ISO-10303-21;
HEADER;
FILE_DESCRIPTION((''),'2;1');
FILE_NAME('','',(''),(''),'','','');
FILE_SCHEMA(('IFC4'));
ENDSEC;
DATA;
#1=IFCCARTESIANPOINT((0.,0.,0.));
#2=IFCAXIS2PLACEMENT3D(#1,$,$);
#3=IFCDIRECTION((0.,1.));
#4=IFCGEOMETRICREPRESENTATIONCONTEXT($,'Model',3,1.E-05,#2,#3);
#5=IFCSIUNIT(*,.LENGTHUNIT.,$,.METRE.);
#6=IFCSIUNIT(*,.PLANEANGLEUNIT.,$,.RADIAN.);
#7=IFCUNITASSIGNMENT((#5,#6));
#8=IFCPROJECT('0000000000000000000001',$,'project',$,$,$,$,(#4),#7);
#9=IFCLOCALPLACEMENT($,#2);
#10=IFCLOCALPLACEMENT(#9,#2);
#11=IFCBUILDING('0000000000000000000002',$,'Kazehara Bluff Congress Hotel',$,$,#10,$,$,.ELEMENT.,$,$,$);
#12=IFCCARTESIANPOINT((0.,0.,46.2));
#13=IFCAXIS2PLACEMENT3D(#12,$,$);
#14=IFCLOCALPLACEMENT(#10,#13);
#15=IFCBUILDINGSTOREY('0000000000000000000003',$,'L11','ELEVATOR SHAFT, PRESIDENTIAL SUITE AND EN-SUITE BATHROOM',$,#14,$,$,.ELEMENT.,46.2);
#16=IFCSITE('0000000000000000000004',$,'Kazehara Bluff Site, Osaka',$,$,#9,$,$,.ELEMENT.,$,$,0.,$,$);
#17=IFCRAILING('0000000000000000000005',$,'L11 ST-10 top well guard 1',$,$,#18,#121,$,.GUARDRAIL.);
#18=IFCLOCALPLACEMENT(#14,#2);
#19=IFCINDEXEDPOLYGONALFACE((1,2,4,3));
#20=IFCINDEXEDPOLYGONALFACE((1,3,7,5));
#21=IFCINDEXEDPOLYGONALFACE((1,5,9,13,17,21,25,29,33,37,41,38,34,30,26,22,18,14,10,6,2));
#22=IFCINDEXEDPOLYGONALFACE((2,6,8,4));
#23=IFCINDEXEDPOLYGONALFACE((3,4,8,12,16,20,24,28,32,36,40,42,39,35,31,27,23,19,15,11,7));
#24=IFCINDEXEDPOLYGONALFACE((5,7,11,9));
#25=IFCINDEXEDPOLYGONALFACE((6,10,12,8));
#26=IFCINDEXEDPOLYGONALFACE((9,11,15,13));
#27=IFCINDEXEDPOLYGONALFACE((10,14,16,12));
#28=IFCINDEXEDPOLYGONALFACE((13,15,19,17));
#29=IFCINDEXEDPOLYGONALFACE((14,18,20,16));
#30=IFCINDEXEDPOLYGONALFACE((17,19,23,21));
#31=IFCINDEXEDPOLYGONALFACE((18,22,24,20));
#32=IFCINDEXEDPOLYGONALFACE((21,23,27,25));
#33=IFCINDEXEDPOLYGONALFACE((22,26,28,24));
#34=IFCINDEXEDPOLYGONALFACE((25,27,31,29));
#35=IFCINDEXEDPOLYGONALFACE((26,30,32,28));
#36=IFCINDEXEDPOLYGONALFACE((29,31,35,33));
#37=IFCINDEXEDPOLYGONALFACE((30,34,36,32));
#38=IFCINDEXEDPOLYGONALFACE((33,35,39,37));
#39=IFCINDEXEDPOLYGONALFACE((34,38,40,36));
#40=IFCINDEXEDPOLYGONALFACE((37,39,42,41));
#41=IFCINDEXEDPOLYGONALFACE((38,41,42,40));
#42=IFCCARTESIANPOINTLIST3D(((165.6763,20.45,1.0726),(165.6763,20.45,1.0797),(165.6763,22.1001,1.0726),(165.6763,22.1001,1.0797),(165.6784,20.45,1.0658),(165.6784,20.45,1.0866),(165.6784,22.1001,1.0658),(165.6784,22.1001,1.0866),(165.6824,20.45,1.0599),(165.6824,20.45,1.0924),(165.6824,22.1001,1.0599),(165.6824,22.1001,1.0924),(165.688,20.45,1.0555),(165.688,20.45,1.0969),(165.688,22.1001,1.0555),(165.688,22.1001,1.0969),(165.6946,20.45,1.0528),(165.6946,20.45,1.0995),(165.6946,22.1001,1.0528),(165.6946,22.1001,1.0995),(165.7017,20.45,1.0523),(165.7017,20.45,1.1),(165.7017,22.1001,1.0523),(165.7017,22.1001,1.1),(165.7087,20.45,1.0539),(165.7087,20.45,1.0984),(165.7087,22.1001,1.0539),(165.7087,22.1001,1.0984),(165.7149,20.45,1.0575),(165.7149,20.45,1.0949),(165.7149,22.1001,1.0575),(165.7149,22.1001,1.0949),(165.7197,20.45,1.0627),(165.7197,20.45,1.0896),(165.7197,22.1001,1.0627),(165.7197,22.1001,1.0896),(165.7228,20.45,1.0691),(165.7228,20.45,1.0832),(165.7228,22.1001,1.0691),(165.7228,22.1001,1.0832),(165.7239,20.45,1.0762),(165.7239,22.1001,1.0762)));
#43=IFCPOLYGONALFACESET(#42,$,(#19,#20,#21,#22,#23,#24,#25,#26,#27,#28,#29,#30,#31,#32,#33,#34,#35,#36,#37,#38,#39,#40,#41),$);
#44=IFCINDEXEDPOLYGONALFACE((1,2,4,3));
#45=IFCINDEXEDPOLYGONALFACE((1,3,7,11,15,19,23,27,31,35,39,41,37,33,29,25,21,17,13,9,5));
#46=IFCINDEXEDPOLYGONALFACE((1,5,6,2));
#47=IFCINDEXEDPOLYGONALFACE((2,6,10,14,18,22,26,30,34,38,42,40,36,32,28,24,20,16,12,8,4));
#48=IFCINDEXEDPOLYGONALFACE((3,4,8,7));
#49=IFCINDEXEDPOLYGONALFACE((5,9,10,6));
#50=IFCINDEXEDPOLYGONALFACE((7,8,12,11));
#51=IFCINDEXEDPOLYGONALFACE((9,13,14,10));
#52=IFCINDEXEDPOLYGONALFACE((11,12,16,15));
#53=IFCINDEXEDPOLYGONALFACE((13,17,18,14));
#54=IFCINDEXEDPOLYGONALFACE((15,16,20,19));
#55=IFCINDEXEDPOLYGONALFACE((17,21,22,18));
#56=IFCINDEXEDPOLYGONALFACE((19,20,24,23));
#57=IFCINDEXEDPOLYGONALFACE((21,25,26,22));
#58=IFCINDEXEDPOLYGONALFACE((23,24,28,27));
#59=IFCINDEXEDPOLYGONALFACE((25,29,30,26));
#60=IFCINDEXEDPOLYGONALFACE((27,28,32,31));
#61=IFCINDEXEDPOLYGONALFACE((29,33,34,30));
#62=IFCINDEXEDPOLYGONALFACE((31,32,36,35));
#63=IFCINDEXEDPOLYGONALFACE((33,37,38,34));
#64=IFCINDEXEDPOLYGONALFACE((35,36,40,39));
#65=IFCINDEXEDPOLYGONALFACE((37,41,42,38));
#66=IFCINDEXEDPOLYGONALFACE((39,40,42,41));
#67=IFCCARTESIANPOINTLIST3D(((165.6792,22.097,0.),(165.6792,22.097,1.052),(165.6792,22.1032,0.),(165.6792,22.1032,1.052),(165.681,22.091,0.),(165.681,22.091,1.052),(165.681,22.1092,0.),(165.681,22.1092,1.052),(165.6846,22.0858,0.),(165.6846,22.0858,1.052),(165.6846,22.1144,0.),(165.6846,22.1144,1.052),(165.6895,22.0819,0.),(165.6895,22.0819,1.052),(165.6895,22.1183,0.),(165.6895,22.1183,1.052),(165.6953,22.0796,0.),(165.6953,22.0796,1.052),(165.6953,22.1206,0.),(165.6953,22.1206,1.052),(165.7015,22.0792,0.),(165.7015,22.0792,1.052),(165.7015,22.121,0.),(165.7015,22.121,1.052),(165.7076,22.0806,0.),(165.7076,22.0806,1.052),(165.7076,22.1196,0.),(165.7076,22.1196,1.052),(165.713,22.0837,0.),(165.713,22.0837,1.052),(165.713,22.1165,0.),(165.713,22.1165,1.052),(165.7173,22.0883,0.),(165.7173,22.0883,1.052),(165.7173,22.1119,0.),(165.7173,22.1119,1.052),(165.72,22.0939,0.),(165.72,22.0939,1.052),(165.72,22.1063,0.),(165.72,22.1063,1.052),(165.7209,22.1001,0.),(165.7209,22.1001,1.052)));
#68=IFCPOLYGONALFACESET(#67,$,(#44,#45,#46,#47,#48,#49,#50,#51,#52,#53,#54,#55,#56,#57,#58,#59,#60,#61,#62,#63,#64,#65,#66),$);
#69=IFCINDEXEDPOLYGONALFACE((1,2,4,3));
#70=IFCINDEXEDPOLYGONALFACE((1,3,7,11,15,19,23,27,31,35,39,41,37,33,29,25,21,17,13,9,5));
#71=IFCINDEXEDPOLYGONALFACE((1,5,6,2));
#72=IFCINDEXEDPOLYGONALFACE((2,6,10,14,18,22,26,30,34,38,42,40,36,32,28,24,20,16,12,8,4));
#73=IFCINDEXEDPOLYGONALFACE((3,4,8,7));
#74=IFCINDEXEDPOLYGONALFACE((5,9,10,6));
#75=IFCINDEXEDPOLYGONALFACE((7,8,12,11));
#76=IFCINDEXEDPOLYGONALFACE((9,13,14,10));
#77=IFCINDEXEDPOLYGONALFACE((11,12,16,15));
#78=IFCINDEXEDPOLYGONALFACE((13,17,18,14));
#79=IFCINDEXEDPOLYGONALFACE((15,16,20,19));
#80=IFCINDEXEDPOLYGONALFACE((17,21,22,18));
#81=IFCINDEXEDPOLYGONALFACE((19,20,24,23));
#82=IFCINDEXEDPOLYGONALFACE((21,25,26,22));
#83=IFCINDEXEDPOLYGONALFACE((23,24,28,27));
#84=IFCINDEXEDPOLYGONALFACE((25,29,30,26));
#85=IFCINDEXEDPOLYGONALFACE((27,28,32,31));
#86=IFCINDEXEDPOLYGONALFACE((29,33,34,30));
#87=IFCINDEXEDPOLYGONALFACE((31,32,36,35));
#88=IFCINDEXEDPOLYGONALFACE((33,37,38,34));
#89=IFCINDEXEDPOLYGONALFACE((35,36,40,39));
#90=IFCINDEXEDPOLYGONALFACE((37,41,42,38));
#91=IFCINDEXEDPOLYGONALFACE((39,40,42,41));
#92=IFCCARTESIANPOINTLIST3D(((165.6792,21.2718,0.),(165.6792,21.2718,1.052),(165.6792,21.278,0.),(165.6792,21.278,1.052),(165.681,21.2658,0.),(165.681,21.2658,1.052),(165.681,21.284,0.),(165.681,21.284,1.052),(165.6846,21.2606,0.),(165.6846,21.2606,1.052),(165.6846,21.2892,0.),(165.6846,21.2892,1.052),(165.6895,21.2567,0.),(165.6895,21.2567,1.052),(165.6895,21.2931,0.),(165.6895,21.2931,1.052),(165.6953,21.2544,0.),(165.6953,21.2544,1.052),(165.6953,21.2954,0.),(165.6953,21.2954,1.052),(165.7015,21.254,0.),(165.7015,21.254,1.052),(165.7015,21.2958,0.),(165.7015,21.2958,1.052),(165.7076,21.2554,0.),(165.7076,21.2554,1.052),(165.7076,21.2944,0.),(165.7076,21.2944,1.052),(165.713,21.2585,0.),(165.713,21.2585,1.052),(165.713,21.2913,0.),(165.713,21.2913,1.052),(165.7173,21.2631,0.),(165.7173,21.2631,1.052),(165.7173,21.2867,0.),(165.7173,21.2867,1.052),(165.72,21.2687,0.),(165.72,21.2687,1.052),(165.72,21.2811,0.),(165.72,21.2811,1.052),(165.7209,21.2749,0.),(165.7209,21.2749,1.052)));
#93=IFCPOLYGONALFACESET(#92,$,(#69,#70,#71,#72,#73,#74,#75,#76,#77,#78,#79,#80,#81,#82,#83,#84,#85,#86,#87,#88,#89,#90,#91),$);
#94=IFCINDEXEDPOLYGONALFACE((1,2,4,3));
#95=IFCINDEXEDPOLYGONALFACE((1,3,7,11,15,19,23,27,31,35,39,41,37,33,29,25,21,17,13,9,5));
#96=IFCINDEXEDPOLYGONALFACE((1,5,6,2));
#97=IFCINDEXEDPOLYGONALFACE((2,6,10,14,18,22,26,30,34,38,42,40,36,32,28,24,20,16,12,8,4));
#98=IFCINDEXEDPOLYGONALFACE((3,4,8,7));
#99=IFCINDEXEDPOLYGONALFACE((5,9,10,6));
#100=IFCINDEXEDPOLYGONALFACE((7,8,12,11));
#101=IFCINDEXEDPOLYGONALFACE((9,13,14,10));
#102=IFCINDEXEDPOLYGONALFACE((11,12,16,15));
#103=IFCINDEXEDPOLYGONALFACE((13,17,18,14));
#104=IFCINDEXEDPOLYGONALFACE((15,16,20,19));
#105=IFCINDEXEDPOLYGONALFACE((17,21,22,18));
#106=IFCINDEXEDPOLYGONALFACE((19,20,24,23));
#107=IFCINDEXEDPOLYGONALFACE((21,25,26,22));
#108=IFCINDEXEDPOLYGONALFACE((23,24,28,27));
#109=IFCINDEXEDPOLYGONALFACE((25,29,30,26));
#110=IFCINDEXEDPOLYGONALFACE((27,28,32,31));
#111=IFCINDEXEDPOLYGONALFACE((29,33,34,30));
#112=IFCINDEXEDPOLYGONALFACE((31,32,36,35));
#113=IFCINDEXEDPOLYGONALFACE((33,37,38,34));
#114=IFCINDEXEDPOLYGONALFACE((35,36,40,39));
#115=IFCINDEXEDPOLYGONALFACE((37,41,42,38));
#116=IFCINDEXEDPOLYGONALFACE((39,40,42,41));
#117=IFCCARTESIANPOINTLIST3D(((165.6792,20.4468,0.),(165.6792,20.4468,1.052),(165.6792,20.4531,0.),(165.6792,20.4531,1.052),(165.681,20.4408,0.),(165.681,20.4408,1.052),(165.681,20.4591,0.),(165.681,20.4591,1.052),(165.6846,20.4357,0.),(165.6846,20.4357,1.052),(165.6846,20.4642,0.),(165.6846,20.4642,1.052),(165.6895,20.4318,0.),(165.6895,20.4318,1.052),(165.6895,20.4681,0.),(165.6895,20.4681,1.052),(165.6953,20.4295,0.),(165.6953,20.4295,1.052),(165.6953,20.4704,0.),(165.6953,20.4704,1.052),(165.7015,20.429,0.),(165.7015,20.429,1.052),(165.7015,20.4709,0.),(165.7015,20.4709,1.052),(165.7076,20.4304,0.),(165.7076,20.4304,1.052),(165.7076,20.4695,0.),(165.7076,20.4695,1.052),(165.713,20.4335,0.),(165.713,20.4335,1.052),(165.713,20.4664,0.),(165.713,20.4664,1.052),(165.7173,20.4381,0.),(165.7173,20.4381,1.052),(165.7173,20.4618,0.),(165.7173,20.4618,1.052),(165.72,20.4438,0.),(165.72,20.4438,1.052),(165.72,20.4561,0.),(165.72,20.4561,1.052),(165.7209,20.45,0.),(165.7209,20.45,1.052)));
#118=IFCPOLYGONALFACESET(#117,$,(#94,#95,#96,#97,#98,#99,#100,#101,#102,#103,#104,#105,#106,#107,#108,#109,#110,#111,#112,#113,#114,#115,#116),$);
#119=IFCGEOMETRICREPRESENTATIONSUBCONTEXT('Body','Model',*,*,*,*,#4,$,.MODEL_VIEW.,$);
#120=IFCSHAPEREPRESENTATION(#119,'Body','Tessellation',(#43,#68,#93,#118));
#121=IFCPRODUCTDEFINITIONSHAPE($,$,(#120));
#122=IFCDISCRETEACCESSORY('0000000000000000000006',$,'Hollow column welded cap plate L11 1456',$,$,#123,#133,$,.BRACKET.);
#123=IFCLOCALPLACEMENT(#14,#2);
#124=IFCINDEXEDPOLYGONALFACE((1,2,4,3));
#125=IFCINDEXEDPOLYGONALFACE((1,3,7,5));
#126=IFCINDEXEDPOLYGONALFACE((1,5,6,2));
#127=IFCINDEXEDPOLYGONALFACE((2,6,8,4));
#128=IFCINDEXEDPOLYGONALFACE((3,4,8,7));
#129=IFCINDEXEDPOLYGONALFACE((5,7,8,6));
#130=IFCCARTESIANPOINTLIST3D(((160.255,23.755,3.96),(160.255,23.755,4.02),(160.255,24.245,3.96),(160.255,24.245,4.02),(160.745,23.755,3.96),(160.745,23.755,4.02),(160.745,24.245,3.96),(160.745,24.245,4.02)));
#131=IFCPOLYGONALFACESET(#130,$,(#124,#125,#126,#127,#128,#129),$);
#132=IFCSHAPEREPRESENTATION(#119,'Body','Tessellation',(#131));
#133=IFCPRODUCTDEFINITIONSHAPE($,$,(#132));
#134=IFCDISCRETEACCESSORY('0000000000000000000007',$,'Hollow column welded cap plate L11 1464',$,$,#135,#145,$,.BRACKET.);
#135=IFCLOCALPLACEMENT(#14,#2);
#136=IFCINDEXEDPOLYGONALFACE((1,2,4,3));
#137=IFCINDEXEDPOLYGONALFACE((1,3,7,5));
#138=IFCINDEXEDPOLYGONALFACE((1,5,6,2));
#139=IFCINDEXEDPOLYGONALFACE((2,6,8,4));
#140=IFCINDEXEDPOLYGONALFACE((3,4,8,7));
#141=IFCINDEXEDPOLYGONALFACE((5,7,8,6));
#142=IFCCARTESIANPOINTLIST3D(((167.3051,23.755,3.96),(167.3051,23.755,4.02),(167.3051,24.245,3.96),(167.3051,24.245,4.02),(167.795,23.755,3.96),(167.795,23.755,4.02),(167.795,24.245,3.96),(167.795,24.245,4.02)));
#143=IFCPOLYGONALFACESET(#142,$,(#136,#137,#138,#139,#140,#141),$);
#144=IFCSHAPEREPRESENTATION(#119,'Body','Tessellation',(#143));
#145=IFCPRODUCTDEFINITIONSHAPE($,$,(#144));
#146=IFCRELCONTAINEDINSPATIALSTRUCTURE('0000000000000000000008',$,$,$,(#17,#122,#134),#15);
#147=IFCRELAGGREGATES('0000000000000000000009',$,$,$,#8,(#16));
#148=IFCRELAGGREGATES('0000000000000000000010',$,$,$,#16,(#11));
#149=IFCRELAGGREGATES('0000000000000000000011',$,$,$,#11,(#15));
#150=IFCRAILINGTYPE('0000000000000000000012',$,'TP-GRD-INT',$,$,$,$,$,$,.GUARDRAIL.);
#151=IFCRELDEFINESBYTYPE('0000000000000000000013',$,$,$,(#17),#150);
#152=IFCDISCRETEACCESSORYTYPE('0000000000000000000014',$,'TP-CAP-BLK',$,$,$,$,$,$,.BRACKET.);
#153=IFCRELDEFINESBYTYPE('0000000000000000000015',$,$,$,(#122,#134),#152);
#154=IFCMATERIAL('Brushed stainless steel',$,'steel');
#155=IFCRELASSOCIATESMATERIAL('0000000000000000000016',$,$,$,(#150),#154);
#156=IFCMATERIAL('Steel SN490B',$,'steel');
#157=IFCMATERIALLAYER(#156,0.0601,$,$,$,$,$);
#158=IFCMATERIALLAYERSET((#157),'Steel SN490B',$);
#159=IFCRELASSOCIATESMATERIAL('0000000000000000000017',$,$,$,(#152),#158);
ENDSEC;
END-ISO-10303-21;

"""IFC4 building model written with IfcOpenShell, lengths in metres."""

from ifc_helpers import new_model, si_unit, direction, frame, origin, origin_2d, place, context, subcontext, project, spatial, rectangle, circle, extrude, material, layer, layer_set, type_object, element, save


model = new_model("IFC4")

# Units and contexts
model_context = context("Model", 3, precision=1e-05, world=origin(), true_north=direction((0.0, 1.0)))
body_context = subcontext(model_context, "Body", "Model", "MODEL_VIEW")
ifc_project = project(units=[si_unit("LENGTHUNIT", "METRE"), si_unit("PLANEANGLEUNIT", "RADIAN")], contexts=[model_context])

# Site, building, storey
site_placement = place(None, origin())
site = spatial("IfcSite", under=ifc_project, at=site_placement, Name="Kazehara Bluff Site, Osaka", CompositionType="ELEMENT", RefElevation=0.0)
building_placement = place(site_placement, origin())
building = spatial("IfcBuilding", under=site, at=building_placement, Name="Kazehara Bluff Congress Hotel", CompositionType="ELEMENT")
storey_placement = place(building_placement, frame((0.0, 0.0, 46.2)))
storey = spatial("IfcBuildingStorey", under=building, at=storey_placement, Name="L11", Description="ELEVATOR SHAFT, PRESIDENTIAL SUITE AND EN-SUITE BATHROOM", CompositionType="ELEMENT", Elevation=46.2)

# Railing
ifc_material_1 = material(Name="Brushed stainless steel", Category="steel")
railing_type = type_object("IfcRailingType", Name="TP-GRD-INT", PredefinedType="GUARDRAIL", material=ifc_material_1)
railing_placement = place(storey_placement, frame((165.7, 22.1001, 0.0)))
element("IfcRailing", 1, at=railing_placement, inside=storey, type_object=railing_type, Name="L11 ST-10 top well guard 1", PredefinedType="GUARDRAIL", context=body_context, shape_type="SweptSolid", body=[
    extrude(circle(Radius=0.0239, at=origin_2d()), frame((0.0, 0.0, 1.0762), z_axis=(0.0, -1.0, 0.0), x_axis=(1.0, 0.0, 0.0)), (0.0, 0.0, 1.0), 1.6501),
    extrude(circle(Radius=0.021, at=origin_2d()), origin(), (0.0, 0.0, 1.0), 1.052),
    extrude(circle(Radius=0.021, at=origin_2d()), frame((0.0, -0.8252, 0.0)), (0.0, 0.0, 1.0), 1.052),
    extrude(circle(Radius=0.021, at=origin_2d()), frame((0.0, -1.6501, 0.0)), (0.0, 0.0, 1.0), 1.052),
])

# Discrete accessories
ifc_material_2 = material(Name="Steel SN490B", Category="steel")
ifc_layer_1 = layer(ifc_material_2, 0.0601)
ifc_layer_set_1 = layer_set([ifc_layer_1], Name="Steel SN490B")
discrete_accessory_type = type_object("IfcDiscreteAccessoryType", Name="TP-CAP-BLK", PredefinedType="BRACKET", material=ifc_layer_set_1)
for number, where, z_axis, x_axis, name in (
    (2, (160.5, 24.0, 3.96), (0.0, 0.0, 1.0), (1.0, 0.0, 0.0), "Hollow column welded cap plate L11 1456"),
    (3, (167.55, 24.0, 3.96), (0.0, 0.0, 1.0), (1.0, 0.0, 0.0), "Hollow column welded cap plate L11 1464"),
):
    element("IfcDiscreteAccessory", number, at=place(storey_placement, frame(where, z_axis=z_axis, x_axis=x_axis)), inside=storey, type_object=discrete_accessory_type, Name=name, PredefinedType="BRACKET", context=body_context, shape_type="SweptSolid", body=[
        extrude(rectangle(XDim=0.49, YDim=0.49, at=origin_2d()), origin(), (0.0, 0.0, 1.0), 0.0601),
    ])

save(model, "model.ifc")
